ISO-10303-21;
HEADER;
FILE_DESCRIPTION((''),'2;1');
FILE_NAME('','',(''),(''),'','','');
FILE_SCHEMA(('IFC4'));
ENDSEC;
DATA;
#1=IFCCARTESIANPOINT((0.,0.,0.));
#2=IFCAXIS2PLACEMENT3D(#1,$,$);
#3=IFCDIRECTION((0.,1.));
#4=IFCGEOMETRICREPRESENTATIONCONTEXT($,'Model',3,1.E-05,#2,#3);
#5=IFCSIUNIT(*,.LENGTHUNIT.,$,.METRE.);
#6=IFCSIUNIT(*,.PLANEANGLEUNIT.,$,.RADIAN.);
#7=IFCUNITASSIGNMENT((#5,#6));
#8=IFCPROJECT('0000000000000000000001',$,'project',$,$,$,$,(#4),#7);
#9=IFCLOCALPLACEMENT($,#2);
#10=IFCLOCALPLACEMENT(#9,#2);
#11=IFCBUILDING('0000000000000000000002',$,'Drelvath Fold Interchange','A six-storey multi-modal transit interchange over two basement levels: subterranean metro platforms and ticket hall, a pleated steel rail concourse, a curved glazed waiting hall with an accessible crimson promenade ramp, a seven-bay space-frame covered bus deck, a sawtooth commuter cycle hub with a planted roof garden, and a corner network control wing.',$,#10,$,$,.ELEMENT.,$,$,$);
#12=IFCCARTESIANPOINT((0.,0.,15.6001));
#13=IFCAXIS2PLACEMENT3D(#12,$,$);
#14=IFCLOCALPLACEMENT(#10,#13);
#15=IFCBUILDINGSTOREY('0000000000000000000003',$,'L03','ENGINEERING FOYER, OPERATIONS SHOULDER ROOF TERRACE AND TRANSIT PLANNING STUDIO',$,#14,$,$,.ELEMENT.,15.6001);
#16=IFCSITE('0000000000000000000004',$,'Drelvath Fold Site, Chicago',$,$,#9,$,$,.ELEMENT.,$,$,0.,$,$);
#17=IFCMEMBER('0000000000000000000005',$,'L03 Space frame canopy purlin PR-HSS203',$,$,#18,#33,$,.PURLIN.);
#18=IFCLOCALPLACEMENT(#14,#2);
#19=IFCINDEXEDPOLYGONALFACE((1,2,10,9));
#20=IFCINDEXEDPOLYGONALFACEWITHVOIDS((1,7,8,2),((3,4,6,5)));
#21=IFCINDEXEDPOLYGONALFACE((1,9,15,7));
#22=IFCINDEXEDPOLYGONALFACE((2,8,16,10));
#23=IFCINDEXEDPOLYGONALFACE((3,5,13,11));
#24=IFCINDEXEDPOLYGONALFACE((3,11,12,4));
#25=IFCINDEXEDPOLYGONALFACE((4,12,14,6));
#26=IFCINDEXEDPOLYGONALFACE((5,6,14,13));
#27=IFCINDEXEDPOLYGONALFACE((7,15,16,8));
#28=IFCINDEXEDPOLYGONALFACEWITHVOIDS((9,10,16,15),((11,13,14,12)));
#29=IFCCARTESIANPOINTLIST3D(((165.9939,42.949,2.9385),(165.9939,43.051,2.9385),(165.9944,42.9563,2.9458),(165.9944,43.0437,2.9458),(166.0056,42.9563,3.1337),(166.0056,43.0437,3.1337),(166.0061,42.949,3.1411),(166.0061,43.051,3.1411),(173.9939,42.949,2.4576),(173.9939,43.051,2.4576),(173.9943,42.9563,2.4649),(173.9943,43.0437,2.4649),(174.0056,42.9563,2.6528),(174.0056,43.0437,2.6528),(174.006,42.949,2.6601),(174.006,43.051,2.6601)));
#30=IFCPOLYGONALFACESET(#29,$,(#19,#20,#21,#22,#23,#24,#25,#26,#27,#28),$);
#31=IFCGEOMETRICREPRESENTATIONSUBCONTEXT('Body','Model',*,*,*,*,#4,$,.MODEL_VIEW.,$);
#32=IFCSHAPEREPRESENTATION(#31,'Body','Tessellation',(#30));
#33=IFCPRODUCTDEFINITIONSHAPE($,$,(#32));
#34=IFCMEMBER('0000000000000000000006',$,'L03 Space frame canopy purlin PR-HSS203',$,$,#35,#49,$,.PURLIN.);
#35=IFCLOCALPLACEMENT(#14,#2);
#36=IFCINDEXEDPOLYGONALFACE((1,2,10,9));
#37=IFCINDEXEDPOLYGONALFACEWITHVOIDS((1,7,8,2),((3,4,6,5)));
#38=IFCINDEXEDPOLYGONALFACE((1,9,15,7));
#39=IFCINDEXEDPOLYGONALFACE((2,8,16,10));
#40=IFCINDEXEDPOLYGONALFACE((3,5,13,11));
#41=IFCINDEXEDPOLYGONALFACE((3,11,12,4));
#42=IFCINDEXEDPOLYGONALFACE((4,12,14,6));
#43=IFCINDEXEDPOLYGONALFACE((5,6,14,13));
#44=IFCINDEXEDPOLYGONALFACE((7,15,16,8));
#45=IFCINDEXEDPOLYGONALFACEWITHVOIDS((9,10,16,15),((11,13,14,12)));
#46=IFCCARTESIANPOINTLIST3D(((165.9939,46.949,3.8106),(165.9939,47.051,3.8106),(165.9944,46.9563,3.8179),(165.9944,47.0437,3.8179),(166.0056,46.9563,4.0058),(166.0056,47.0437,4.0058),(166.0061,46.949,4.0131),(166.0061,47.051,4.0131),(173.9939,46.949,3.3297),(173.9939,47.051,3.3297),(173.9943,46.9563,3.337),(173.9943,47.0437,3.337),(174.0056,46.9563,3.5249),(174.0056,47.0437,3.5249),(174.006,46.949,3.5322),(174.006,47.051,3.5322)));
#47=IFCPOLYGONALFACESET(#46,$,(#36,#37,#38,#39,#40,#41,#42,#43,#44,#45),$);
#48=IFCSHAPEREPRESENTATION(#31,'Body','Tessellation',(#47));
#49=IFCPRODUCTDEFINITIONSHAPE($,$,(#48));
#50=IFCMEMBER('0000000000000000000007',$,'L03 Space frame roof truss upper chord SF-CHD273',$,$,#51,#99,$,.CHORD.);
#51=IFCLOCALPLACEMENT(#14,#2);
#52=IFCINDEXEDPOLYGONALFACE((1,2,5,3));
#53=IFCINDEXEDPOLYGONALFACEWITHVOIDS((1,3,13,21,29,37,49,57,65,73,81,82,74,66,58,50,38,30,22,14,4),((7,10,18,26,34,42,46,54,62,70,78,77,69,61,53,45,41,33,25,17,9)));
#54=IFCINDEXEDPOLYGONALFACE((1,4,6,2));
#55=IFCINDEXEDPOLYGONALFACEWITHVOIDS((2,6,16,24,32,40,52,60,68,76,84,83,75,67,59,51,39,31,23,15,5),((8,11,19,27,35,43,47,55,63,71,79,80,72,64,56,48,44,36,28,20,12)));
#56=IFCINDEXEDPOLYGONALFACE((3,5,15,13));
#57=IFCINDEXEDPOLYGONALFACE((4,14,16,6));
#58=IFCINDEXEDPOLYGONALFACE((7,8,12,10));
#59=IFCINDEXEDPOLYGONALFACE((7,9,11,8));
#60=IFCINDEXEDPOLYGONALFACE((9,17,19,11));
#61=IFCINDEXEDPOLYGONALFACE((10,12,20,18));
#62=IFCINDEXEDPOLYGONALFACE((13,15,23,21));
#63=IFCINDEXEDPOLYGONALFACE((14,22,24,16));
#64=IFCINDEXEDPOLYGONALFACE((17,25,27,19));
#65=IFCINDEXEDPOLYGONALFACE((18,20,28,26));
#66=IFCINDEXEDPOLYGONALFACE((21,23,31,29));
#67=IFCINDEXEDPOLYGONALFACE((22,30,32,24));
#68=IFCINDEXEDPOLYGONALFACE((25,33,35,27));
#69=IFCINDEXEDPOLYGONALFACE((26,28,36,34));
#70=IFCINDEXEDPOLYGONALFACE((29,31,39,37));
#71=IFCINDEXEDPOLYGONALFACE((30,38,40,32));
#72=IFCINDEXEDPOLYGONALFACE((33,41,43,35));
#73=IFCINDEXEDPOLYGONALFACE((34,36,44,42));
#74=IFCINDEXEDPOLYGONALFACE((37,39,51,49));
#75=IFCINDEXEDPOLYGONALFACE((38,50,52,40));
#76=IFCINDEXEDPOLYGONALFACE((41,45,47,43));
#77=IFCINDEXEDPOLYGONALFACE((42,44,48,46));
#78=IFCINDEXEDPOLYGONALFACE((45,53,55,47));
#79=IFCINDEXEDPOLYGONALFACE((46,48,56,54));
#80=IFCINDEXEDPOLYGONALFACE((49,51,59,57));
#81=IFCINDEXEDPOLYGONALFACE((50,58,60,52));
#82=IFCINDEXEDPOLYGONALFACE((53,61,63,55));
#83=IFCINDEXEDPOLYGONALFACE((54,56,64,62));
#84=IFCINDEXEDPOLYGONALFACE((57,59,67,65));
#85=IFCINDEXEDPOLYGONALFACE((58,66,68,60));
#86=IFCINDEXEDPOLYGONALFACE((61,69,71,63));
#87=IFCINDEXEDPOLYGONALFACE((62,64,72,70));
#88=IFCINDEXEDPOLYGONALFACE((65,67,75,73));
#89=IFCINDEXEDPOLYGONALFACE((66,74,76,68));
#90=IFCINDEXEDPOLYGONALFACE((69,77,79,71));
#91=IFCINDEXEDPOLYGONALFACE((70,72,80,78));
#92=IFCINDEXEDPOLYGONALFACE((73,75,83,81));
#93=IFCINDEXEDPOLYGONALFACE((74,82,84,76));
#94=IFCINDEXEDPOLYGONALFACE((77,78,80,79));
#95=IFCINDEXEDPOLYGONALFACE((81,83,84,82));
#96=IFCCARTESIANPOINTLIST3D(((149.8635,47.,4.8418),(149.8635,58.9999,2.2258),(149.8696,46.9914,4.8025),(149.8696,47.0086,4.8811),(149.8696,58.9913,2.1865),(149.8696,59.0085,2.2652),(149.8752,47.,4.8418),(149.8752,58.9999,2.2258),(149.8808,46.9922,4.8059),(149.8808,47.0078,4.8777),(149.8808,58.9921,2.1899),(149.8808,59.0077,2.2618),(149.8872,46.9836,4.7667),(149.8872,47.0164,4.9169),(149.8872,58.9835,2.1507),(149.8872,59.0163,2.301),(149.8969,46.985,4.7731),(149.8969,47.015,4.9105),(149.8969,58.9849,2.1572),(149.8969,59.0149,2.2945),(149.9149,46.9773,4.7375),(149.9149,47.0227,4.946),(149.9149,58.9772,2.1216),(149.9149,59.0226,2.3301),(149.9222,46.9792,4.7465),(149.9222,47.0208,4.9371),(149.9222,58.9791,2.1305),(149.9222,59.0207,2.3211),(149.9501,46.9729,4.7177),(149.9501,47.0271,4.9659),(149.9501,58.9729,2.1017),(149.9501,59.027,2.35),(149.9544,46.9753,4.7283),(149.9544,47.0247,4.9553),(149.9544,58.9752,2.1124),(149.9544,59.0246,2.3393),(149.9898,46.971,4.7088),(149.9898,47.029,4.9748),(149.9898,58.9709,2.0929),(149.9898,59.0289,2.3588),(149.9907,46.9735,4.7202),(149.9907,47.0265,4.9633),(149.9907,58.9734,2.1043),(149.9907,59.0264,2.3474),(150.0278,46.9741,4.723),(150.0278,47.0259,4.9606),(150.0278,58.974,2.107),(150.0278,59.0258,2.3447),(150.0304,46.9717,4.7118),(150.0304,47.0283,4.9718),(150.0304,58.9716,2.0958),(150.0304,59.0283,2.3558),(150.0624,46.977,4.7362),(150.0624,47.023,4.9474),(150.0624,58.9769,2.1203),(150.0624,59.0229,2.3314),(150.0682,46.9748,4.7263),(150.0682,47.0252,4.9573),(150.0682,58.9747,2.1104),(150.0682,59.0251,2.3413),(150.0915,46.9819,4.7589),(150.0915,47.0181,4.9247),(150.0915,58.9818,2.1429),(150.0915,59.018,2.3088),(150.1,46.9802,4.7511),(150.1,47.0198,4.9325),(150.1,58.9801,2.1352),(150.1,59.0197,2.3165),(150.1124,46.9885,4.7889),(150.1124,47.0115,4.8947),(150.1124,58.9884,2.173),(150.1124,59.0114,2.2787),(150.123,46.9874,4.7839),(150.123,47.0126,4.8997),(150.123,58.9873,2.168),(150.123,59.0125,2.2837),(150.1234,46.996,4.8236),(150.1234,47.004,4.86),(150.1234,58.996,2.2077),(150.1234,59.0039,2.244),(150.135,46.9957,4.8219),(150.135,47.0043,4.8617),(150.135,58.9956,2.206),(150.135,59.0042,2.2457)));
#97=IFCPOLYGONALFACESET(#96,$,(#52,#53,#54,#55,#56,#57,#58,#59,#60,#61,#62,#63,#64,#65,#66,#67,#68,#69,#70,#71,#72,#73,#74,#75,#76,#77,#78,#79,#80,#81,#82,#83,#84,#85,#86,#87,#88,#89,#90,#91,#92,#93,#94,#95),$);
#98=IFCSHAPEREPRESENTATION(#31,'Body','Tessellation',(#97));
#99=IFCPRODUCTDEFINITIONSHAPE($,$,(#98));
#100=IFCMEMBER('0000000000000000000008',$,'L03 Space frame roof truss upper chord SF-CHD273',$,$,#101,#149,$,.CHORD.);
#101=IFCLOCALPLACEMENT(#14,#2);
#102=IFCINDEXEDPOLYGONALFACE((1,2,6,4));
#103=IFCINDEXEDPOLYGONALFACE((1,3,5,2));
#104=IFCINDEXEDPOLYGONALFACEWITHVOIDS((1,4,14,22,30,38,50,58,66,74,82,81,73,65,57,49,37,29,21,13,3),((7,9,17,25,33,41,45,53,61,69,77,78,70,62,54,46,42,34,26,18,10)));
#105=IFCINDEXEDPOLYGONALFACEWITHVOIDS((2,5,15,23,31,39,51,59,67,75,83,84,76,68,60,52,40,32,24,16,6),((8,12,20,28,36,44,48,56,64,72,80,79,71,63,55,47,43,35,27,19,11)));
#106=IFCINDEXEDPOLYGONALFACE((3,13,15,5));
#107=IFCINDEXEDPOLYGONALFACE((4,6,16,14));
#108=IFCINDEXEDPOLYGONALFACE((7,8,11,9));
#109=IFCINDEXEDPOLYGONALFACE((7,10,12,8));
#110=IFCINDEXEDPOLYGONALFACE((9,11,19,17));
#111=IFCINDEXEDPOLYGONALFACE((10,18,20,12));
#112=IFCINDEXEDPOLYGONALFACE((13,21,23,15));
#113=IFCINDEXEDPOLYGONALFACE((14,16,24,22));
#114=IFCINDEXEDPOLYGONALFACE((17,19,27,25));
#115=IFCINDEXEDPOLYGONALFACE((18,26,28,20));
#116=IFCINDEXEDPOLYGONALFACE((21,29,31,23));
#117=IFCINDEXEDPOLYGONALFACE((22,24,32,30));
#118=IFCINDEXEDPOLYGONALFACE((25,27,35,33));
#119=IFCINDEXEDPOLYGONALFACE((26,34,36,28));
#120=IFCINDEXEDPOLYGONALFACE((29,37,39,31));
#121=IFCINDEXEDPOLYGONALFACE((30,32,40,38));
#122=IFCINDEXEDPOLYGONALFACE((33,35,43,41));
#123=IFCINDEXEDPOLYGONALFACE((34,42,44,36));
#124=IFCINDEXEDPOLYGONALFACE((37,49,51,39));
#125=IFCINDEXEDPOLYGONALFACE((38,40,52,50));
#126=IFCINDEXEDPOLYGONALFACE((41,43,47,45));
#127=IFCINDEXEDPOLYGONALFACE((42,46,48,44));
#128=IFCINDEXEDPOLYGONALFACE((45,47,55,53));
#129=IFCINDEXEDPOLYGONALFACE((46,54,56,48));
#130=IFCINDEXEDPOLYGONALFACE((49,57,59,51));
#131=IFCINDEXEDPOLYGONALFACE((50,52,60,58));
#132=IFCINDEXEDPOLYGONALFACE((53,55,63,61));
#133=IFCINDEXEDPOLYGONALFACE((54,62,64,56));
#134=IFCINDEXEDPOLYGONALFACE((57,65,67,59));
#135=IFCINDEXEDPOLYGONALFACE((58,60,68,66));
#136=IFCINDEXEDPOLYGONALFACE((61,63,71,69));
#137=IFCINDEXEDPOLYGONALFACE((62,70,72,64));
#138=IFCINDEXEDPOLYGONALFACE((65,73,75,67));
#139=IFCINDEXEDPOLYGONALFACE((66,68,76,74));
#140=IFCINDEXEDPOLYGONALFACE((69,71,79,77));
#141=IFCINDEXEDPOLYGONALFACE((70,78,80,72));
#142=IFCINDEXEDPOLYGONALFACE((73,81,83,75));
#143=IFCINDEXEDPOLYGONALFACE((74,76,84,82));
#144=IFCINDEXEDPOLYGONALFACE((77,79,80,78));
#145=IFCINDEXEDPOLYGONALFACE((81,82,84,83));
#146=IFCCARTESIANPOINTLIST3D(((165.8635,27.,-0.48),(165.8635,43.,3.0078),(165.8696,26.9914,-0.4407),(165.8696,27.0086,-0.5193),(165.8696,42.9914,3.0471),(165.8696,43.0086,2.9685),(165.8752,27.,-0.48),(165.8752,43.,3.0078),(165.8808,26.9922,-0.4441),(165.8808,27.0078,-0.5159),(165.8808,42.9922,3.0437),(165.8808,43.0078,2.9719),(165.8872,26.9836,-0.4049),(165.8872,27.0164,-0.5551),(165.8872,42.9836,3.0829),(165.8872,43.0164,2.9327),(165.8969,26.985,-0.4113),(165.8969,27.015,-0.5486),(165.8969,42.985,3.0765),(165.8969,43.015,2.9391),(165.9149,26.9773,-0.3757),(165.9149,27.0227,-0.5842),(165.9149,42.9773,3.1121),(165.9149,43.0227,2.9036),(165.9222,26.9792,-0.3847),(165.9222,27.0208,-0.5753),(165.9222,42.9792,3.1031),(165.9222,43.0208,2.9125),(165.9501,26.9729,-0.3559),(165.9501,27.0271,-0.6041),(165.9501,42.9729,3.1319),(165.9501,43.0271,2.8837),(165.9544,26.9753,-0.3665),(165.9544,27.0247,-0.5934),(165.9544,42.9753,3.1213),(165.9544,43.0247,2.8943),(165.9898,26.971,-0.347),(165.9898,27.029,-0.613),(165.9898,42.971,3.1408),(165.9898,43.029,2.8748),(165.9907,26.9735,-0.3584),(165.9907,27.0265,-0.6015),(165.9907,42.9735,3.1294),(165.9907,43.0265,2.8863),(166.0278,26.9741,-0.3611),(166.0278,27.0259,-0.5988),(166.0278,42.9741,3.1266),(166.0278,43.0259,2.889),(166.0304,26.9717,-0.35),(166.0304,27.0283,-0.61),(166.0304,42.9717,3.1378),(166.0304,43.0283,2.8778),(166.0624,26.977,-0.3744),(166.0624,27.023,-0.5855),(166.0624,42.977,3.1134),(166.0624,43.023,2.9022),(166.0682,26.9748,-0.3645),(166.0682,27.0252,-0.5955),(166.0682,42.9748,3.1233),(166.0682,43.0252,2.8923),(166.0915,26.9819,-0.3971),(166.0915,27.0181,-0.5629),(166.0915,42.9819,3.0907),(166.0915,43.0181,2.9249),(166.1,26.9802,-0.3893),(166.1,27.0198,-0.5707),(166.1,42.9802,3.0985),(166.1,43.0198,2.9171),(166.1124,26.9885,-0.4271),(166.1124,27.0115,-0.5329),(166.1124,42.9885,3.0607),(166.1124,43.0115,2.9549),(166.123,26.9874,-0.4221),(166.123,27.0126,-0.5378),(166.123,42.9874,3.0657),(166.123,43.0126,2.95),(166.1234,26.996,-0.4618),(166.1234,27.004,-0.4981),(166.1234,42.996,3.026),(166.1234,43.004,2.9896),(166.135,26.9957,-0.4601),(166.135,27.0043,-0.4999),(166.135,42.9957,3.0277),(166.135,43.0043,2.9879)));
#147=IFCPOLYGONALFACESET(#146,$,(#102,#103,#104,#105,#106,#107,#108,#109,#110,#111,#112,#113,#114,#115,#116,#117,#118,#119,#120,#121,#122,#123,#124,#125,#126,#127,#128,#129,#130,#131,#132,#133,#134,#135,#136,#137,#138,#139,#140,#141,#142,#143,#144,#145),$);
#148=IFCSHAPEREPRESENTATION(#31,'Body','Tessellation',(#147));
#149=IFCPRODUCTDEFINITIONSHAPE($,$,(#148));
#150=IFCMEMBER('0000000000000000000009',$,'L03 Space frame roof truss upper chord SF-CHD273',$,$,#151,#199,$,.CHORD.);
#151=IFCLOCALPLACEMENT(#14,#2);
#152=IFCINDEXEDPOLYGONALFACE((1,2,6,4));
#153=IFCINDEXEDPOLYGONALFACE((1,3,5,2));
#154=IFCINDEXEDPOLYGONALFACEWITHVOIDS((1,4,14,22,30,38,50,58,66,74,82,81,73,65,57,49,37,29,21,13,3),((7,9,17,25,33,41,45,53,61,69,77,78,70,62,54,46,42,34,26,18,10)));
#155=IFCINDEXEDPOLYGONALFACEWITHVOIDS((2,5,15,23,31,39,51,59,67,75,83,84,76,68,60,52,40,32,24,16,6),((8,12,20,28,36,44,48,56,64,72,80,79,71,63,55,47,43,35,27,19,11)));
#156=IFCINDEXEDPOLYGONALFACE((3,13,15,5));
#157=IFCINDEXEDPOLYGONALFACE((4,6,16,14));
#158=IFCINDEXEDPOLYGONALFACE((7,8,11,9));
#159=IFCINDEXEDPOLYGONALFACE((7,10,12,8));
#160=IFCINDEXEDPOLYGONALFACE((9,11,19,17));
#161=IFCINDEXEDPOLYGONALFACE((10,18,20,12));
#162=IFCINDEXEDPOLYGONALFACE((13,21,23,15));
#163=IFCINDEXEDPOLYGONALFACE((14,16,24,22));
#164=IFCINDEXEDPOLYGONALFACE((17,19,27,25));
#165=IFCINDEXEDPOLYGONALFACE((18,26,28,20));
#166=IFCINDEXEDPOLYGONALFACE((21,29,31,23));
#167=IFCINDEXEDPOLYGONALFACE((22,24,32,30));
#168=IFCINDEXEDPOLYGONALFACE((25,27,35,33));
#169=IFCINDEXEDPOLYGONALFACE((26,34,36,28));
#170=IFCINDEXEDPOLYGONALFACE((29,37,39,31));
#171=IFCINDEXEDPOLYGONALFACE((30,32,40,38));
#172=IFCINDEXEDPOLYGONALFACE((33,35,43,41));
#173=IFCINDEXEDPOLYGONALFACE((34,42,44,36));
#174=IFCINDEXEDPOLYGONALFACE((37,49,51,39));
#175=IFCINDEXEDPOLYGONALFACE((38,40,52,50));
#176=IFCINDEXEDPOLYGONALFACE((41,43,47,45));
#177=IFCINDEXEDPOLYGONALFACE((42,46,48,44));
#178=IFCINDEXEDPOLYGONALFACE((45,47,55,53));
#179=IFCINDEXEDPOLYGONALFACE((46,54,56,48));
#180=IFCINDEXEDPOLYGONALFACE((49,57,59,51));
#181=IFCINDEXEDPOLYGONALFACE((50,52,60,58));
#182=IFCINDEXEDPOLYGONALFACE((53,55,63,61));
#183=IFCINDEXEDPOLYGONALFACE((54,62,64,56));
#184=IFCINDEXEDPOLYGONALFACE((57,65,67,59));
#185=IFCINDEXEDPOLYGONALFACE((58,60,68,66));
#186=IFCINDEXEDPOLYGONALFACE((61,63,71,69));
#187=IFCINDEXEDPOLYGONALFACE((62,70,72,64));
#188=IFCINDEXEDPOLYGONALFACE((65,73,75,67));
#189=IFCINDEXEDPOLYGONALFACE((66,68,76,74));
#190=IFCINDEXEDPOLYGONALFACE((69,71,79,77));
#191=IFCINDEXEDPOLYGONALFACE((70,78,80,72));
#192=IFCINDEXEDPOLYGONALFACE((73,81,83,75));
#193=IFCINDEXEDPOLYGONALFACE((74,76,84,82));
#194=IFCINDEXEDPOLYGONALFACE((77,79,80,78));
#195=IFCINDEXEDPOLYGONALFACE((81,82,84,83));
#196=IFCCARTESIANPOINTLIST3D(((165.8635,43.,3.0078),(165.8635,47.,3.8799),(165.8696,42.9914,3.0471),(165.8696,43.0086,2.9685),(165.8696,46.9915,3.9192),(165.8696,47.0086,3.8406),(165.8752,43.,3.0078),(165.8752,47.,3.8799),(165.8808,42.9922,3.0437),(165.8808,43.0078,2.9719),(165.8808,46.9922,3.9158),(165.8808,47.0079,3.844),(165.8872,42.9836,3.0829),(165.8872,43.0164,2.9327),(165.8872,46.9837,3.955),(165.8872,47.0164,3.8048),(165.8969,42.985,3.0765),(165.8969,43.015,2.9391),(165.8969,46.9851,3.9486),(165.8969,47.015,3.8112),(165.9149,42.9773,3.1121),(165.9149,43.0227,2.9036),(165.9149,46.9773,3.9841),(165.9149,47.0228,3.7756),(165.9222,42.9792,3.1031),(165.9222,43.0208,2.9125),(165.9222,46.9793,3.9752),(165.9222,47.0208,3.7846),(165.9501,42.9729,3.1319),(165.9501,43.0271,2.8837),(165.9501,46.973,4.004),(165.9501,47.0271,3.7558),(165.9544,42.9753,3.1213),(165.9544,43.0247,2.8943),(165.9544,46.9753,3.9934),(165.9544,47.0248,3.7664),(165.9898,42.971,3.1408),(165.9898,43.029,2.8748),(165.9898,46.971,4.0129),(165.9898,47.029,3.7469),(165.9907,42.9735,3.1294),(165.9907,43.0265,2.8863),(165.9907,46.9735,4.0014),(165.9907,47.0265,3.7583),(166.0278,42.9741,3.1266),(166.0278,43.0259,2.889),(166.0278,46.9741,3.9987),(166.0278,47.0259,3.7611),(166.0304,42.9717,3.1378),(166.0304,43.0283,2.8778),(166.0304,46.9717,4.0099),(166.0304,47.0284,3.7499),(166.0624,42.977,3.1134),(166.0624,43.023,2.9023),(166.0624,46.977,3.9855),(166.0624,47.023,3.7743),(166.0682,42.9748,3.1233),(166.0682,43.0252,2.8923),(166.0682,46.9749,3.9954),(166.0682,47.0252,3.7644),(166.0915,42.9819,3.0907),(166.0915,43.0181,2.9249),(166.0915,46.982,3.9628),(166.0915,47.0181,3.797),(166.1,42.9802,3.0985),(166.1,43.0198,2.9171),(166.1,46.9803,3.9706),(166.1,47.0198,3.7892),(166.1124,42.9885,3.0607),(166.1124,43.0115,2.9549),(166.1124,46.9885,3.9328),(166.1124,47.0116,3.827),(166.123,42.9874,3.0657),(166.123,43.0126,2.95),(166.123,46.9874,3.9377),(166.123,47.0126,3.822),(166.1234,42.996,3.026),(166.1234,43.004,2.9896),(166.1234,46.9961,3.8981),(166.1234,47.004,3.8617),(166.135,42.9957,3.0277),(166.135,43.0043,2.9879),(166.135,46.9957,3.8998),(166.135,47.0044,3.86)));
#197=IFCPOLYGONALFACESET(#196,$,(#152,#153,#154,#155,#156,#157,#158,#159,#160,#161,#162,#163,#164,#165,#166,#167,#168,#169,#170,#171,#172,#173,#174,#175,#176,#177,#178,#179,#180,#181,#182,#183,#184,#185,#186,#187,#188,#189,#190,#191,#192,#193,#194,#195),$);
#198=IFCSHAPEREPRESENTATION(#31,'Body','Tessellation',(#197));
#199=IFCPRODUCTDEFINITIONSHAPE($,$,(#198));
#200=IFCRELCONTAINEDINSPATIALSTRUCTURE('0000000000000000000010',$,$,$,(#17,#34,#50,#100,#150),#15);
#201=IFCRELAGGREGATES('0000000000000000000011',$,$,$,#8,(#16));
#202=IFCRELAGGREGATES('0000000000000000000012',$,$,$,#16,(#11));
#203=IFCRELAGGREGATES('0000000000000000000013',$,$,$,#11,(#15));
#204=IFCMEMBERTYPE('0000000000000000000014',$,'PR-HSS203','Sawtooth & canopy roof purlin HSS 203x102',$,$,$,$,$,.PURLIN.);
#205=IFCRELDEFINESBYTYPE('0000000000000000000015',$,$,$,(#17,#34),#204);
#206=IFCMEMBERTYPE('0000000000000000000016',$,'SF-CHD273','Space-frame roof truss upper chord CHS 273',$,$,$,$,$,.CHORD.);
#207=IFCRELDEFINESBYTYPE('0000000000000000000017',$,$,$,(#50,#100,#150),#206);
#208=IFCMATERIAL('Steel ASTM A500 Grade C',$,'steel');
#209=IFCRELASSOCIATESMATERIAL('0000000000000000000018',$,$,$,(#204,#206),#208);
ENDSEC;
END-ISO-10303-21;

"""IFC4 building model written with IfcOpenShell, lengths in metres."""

from ifc_helpers import new_model, si_unit, direction, frame, origin, origin_2d, place, context, subcontext, project, spatial, hollow_rectangle, hollow_circle, extrude, material, material_profile, profile_set, type_object, element, save


model = new_model("IFC4")

# Units and contexts
model_context = context("Model", 3, precision=1e-05, world=origin(), true_north=direction((0.0, 1.0)))
body_context = subcontext(model_context, "Body", "Model", "MODEL_VIEW")
ifc_project = project(units=[si_unit("LENGTHUNIT", "METRE"), si_unit("PLANEANGLEUNIT", "RADIAN")], contexts=[model_context])

# Site, building, storey
site_placement = place(None, origin())
site = spatial("IfcSite", under=ifc_project, at=site_placement, Name="Drelvath Fold Site, Chicago", CompositionType="ELEMENT", RefElevation=0.0)
building_placement = place(site_placement, origin())
building = spatial("IfcBuilding", under=site, at=building_placement, Name="Drelvath Fold Interchange", Description="A six-storey multi-modal transit interchange over two basement levels: subterranean metro platforms and ticket hall, a pleated steel rail concourse, a curved glazed waiting hall with an accessible crimson promenade ramp, a seven-bay space-frame covered bus deck, a sawtooth commuter cycle hub with a planted roof garden, and a corner network control wing.", CompositionType="ELEMENT")
storey_placement = place(building_placement, frame((0.0, 0.0, 15.6001)))
storey = spatial("IfcBuildingStorey", under=building, at=storey_placement, Name="L03", Description="ENGINEERING FOYER, OPERATIONS SHOULDER ROOF TERRACE AND TRANSIT PLANNING STUDIO", CompositionType="ELEMENT", Elevation=15.6001)

# Members
ifc_material_1 = material(Name="Steel ASTM A500 Grade C", Category="steel")
ifc_material_profile_1 = material_profile(ifc_material_1, hollow_rectangle(XDim=0.1021, YDim=0.2029, WallThickness=0.0073, at=origin_2d()), Name="HSS8X4X5/16")
ifc_profile_set_1 = profile_set([ifc_material_profile_1], Name="Steel ASTM A500 Grade C")
member_type_1 = type_object("IfcMemberType", Name="PR-HSS203", Description="Sawtooth & canopy roof purlin HSS 203x102", PredefinedType="PURLIN", material=ifc_profile_set_1)
for number, where, z_axis, x_axis, name in (
    (1, (166.0, 43.0, 3.0398), (0.998198, 0.0, -0.060011), (0.0, 1.0, 0.0), "L03 Space frame canopy purlin PR-HSS203"),
    (2, (166.0, 47.0, 3.9119), (0.998198, 0.0, -0.060011), (0.0, 1.0, 0.0), "L03 Space frame canopy purlin PR-HSS203"),
):
    element("IfcMember", number, at=place(storey_placement, frame(where, z_axis=z_axis, x_axis=x_axis)), inside=storey, type_object=member_type_1, Name=name, PredefinedType="PURLIN", context=body_context, shape_type="SweptSolid", body=[
        extrude(hollow_rectangle(XDim=0.1021, YDim=0.2029, WallThickness=0.0073, at=origin_2d()), origin(), (0.0, 0.0, 1.0), 8.0144),
    ])
ifc_material_profile_2 = material_profile(ifc_material_1, hollow_circle(Radius=0.1365, WallThickness=0.0117, at=origin_2d()), Name="HSS10.750X0.500")
ifc_profile_set_2 = profile_set([ifc_material_profile_2], Name="Steel ASTM A500 Grade C")
member_type_2 = type_object("IfcMemberType", Name="SF-CHD273", Description="Space-frame roof truss upper chord CHS 273", PredefinedType="CHORD", material=ifc_profile_set_2)
member_1_placement = place(storey_placement, frame((150.0, 47.0, 4.8418), z_axis=(0.0, 0.977053, -0.212995), x_axis=(-1.0, 0.0, 0.0)))
element("IfcMember", 3, at=member_1_placement, inside=storey, type_object=member_type_2, Name="L03 Space frame roof truss upper chord SF-CHD273", PredefinedType="CHORD", context=body_context, shape_type="SweptSolid", body=[
    extrude(hollow_circle(Radius=0.1365, WallThickness=0.0117, at=origin_2d()), origin(), (0.0, 0.0, 1.0), 12.2817),
])
member_2_placement = place(storey_placement, frame((166.0, 27.0, -0.48), z_axis=(0.0, 0.977055, 0.212985), x_axis=(-1.0, 0.0, 0.0)))
element("IfcMember", 4, at=member_2_placement, inside=storey, type_object=member_type_2, Name="L03 Space frame roof truss upper chord SF-CHD273", PredefinedType="CHORD", context=body_context, shape_type="SweptSolid", body=[
    extrude(hollow_circle(Radius=0.1365, WallThickness=0.0117, at=origin_2d()), origin(), (0.0, 0.0, 1.0), 16.3757),
])
member_3_placement = place(storey_placement, frame((166.0, 43.0, 3.0078), z_axis=(0.0, 0.977049, 0.213014), x_axis=(-1.0, 0.0, 0.0)))
element("IfcMember", 5, at=member_3_placement, inside=storey, type_object=member_type_2, Name="L03 Space frame roof truss upper chord SF-CHD273", PredefinedType="CHORD", context=body_context, shape_type="SweptSolid", body=[
    extrude(hollow_circle(Radius=0.1365, WallThickness=0.0117, at=origin_2d()), origin(), (0.0, 0.0, 1.0), 4.094),
])

save(model, "model.ifc")
